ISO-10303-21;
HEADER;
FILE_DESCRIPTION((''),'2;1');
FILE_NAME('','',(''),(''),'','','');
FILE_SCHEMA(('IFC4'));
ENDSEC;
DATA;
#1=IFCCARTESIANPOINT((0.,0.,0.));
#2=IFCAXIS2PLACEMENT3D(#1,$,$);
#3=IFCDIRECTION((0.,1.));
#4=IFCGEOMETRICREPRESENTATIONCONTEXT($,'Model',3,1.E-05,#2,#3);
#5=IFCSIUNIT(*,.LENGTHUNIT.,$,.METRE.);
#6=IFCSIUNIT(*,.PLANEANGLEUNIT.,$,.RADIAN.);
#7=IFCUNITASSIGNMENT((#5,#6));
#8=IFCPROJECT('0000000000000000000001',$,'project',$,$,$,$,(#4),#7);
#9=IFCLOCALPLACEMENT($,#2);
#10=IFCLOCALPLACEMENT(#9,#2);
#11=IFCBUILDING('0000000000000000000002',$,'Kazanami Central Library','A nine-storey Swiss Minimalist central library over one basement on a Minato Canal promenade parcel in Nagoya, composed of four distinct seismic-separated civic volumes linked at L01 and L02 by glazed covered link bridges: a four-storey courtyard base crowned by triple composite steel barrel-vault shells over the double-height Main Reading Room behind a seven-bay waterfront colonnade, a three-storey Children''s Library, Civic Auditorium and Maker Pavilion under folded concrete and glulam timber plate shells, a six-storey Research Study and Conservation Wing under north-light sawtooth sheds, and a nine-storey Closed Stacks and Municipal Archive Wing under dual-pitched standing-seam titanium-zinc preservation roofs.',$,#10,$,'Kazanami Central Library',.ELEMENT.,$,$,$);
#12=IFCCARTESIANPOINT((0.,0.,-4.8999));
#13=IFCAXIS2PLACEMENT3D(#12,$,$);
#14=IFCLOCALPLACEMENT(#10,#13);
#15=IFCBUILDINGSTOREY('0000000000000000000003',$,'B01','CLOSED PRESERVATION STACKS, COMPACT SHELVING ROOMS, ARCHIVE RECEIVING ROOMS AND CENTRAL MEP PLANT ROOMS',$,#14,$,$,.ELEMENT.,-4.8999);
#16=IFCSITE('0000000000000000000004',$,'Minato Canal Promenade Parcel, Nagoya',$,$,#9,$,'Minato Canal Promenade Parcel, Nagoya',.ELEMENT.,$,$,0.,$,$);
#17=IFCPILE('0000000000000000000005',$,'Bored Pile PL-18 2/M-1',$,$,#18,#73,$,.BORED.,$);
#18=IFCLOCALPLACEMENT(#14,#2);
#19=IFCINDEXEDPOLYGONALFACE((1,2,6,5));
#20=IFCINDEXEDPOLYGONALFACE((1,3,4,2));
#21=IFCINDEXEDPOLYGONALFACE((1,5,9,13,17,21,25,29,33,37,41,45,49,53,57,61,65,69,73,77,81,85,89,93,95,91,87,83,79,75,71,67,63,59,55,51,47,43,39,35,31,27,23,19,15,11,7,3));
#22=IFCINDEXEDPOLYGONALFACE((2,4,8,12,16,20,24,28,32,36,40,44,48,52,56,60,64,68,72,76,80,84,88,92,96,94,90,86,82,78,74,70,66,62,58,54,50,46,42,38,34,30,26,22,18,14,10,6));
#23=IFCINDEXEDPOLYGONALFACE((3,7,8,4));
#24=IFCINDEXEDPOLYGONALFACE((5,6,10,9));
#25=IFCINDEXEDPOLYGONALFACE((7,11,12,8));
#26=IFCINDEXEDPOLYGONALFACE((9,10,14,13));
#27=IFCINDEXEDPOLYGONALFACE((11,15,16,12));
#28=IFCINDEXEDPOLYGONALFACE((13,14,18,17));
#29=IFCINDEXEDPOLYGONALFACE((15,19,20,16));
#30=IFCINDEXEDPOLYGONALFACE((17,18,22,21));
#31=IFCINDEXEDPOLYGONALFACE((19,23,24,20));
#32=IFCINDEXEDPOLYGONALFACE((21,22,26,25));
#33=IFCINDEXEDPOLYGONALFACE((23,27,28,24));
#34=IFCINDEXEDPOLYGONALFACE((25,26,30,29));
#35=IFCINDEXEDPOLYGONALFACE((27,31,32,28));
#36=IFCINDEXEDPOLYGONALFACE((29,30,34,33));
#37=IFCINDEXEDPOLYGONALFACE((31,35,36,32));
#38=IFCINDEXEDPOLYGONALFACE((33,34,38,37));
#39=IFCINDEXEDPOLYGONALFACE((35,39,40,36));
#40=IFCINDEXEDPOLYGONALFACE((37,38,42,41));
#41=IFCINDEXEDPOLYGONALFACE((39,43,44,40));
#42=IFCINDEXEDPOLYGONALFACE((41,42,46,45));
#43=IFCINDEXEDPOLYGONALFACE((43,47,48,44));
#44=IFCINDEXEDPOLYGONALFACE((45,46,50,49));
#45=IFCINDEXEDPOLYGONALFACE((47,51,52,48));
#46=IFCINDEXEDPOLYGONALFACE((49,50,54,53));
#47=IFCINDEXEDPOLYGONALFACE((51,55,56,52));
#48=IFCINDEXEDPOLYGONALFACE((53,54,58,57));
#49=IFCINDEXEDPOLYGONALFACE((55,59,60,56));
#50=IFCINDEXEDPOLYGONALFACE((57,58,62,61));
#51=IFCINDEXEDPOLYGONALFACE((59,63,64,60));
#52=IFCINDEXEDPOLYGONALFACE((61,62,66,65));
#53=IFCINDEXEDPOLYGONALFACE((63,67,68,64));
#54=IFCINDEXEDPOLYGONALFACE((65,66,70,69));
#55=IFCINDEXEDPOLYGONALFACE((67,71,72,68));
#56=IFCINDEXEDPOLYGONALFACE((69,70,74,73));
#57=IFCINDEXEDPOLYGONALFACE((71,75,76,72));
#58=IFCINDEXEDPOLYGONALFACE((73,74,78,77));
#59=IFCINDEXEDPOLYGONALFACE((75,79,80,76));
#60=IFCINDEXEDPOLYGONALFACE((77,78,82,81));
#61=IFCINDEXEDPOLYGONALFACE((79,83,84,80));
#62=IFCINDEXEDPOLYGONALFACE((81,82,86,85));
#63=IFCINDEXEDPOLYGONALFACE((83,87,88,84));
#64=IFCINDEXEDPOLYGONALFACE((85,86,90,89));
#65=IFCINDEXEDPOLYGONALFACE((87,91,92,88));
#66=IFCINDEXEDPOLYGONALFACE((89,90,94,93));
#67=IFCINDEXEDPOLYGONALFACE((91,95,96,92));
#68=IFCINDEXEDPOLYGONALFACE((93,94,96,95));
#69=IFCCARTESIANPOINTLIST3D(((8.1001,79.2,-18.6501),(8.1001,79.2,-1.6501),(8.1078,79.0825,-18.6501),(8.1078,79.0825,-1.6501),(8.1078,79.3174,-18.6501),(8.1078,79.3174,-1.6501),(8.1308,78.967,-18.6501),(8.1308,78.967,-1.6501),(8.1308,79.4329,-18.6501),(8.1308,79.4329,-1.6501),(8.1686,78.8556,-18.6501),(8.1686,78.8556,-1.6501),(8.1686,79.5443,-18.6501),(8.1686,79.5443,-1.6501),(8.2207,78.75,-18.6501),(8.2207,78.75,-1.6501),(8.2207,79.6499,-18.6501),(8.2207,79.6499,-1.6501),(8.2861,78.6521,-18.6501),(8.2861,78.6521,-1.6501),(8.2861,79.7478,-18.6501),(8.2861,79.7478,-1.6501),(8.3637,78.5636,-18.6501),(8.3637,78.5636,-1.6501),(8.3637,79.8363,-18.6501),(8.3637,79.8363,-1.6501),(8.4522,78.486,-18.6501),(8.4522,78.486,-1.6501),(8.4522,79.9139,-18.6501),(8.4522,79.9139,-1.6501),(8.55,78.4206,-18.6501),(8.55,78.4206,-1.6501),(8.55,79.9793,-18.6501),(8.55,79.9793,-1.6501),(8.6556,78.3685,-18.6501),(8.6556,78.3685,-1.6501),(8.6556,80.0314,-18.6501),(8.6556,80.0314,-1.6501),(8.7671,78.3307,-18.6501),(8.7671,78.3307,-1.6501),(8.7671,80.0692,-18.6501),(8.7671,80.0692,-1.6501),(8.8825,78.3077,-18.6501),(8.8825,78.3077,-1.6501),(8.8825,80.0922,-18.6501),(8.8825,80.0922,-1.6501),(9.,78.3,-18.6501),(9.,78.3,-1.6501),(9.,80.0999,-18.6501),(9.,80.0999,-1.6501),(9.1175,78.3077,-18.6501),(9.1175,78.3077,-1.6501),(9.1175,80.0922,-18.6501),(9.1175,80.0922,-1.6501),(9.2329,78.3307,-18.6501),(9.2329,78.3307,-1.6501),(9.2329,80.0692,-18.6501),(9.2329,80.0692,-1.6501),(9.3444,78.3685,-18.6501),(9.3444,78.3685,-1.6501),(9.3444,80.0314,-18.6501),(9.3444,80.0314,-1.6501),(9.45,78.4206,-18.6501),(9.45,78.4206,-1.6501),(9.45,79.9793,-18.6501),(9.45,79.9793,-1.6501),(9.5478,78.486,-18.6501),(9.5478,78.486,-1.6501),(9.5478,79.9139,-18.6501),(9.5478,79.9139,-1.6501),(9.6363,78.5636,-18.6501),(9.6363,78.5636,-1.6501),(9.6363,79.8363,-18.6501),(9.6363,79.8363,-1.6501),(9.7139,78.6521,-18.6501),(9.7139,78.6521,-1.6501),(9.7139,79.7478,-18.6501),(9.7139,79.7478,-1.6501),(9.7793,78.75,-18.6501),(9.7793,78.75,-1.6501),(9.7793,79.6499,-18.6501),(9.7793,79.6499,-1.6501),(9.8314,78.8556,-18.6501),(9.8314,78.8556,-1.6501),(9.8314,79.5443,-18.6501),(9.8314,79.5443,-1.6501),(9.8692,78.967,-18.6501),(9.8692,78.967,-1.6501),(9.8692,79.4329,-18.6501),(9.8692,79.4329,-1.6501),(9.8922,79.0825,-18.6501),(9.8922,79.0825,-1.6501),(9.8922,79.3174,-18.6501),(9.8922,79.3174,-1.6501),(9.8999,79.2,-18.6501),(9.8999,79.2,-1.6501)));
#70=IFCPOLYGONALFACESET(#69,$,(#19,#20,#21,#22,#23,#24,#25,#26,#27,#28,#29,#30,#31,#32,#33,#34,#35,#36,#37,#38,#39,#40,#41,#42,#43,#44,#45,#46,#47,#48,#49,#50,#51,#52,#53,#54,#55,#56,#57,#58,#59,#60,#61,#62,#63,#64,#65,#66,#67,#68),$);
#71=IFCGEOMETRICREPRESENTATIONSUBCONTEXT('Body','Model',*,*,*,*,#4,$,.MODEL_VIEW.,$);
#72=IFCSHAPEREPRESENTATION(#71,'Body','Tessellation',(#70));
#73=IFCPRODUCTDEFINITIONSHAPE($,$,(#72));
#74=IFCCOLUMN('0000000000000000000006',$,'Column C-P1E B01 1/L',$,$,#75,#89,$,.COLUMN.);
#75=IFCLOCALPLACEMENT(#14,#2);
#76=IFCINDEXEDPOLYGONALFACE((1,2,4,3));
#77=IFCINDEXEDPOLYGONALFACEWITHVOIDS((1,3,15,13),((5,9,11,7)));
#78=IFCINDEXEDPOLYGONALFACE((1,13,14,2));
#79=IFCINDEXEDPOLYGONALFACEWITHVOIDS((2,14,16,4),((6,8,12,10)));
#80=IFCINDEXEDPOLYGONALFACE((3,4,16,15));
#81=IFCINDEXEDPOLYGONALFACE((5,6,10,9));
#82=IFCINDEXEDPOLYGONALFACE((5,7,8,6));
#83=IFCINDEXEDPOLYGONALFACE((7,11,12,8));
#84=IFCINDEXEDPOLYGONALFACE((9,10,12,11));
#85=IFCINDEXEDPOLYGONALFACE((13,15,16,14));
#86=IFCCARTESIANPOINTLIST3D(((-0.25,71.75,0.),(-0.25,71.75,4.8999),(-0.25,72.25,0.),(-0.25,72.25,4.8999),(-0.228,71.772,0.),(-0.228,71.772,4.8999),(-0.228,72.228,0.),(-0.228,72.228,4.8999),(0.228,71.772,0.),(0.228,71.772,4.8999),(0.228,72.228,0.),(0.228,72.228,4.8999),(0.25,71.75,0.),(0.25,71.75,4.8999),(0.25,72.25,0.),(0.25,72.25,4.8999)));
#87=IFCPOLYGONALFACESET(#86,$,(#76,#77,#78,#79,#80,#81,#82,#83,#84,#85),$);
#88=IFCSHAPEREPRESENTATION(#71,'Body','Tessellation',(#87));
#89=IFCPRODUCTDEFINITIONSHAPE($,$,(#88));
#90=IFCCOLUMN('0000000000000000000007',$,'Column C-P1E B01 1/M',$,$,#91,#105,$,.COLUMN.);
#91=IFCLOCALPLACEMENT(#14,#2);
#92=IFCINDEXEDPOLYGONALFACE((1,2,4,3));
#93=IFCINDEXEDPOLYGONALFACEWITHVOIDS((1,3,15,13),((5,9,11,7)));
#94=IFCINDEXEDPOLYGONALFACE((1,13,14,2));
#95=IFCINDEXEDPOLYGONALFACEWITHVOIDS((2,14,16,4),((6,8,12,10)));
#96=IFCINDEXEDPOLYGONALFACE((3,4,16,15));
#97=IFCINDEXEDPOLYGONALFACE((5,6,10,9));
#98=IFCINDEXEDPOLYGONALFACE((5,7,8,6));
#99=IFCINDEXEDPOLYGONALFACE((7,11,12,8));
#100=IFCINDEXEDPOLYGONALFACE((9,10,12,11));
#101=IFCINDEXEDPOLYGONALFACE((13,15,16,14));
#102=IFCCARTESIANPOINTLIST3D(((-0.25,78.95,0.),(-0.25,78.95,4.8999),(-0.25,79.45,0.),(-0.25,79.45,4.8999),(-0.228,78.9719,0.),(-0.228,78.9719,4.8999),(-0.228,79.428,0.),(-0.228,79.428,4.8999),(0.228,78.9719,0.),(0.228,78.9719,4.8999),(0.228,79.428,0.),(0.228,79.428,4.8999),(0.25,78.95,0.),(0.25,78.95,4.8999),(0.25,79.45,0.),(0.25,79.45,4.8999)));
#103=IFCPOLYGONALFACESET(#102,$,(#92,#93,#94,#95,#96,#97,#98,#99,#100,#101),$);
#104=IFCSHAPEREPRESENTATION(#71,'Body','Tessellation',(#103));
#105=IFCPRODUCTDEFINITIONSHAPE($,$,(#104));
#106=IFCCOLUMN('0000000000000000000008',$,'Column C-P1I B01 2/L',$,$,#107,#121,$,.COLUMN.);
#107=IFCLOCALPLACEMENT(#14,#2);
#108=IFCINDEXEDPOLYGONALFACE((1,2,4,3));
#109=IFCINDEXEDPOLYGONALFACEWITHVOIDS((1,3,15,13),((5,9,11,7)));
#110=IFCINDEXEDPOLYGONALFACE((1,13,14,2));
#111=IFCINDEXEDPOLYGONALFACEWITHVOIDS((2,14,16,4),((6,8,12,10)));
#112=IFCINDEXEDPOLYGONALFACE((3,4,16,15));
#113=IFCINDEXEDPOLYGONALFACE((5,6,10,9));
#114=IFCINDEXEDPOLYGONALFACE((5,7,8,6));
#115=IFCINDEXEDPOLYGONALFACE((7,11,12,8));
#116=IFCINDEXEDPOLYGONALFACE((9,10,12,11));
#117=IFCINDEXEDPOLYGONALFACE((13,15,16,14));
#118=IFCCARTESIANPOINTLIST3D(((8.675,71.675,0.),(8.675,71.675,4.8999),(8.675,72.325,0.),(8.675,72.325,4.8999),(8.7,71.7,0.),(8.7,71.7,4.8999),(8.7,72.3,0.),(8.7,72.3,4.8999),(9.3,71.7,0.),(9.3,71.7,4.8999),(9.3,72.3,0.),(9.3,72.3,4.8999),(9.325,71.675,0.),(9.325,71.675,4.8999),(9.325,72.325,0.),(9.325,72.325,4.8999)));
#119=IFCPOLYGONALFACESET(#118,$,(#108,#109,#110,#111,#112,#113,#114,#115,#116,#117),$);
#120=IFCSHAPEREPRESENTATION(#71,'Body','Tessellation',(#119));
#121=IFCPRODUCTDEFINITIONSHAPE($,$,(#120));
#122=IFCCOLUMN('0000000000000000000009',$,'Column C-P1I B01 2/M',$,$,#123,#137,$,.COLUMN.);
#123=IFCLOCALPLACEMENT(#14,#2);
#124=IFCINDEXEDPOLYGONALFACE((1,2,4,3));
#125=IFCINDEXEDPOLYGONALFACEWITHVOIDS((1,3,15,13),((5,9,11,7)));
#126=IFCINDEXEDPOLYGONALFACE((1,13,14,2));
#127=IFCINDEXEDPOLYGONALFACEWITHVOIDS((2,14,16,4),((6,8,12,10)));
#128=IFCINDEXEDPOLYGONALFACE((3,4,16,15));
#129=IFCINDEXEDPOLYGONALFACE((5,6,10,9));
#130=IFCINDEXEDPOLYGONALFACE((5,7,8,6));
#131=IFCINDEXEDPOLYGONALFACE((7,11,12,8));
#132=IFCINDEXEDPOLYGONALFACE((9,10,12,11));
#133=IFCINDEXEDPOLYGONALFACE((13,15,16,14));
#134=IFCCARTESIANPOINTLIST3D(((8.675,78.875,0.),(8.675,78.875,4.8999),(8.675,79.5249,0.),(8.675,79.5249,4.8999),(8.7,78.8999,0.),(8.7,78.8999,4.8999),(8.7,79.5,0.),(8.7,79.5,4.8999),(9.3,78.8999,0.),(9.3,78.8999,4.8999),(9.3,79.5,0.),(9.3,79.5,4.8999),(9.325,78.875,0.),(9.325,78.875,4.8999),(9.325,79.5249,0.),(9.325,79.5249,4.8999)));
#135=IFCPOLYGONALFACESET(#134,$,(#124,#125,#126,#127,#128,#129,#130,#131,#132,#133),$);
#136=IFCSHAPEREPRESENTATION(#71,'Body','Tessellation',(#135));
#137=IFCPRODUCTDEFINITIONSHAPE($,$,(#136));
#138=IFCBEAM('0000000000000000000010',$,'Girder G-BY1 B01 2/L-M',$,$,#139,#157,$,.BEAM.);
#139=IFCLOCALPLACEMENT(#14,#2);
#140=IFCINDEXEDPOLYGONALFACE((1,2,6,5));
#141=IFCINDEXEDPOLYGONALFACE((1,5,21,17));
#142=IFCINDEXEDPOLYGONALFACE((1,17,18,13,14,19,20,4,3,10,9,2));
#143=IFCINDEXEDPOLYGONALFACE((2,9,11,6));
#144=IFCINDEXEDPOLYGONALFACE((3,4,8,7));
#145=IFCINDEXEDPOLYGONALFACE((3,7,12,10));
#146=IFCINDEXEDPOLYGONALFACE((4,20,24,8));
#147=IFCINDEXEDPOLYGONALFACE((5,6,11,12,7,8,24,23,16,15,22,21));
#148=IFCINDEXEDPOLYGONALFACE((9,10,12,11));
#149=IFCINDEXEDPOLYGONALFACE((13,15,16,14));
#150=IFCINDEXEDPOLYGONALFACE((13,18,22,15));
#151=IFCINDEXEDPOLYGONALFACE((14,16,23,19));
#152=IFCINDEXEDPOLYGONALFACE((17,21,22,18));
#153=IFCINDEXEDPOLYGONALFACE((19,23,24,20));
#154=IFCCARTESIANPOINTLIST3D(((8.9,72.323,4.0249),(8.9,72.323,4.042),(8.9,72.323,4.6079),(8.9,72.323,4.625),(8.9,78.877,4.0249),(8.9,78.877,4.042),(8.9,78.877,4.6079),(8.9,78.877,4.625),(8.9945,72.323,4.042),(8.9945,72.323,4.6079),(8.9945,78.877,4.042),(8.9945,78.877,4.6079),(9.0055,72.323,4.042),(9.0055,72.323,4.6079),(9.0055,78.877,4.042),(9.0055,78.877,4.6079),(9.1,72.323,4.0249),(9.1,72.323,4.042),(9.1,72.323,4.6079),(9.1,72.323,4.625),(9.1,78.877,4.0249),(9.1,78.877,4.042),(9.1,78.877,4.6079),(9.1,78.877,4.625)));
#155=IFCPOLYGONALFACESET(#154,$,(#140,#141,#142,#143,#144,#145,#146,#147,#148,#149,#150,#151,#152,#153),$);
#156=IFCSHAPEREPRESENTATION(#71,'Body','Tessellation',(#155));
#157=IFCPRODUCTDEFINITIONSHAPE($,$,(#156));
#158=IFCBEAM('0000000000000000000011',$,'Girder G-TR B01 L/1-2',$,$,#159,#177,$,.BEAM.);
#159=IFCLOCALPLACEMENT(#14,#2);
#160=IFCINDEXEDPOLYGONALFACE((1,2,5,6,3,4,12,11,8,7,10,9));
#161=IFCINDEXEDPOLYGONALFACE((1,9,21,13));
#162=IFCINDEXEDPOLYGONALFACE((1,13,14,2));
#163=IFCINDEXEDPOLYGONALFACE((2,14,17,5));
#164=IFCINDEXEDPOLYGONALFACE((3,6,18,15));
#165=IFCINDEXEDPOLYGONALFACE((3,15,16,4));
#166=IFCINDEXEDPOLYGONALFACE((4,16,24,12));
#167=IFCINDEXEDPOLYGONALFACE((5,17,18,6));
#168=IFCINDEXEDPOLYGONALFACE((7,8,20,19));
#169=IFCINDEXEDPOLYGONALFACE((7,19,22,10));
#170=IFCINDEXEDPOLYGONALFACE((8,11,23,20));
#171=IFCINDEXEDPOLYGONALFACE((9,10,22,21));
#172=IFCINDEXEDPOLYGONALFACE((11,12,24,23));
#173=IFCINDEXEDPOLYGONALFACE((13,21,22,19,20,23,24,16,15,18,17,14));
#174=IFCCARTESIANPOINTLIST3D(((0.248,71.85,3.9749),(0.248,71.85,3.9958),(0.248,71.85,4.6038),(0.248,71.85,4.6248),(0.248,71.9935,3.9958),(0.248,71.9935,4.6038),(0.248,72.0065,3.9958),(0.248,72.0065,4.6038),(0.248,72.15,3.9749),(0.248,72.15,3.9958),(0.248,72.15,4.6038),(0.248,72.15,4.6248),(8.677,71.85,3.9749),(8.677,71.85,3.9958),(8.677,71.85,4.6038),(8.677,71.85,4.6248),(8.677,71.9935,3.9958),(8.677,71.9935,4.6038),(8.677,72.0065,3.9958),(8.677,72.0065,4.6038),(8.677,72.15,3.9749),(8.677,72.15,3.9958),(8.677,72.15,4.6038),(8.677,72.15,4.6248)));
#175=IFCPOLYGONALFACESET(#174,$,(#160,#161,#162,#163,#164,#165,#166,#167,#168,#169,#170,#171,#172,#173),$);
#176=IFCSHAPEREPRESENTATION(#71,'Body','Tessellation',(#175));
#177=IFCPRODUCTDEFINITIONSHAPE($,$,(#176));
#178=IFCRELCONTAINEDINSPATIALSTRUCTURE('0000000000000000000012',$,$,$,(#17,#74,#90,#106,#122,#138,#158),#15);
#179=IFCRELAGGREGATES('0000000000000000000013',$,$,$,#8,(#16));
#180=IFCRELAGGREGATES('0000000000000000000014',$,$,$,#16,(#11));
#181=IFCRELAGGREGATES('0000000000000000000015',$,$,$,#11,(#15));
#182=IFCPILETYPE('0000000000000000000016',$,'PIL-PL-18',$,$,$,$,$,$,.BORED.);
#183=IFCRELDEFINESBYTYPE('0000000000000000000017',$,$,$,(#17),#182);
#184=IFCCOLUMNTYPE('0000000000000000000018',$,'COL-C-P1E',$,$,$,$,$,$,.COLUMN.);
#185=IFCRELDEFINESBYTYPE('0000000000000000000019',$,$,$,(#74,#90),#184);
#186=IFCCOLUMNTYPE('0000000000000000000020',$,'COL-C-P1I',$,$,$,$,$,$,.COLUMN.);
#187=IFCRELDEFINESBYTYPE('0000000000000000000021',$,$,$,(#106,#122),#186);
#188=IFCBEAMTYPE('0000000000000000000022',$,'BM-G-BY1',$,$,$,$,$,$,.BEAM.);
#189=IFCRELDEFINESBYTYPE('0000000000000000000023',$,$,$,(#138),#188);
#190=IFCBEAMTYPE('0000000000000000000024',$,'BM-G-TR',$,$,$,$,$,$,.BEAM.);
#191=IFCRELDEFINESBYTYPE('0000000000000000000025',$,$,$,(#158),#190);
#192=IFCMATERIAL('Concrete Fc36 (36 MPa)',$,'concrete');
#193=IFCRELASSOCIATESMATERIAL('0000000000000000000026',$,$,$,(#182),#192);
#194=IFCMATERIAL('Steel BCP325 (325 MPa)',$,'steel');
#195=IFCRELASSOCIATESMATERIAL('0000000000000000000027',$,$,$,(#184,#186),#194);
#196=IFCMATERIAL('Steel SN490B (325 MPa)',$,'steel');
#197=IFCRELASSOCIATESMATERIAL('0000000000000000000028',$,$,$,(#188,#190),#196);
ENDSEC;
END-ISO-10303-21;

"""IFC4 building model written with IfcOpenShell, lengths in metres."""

from ifc_helpers import new_model, si_unit, direction, frame, origin, origin_2d, place, context, subcontext, project, spatial, hollow_rectangle, circle, i_section, extrude, material, material_profile, profile_set, type_object, element, save


model = new_model("IFC4")

# Units and contexts
model_context = context("Model", 3, precision=1e-05, world=origin(), true_north=direction((0.0, 1.0)))
body_context = subcontext(model_context, "Body", "Model", "MODEL_VIEW")
ifc_project = project(units=[si_unit("LENGTHUNIT", "METRE"), si_unit("PLANEANGLEUNIT", "RADIAN")], contexts=[model_context])

# Site, building, storey
site_placement = place(None, origin())
site = spatial("IfcSite", under=ifc_project, at=site_placement, Name="Minato Canal Promenade Parcel, Nagoya", LongName="Minato Canal Promenade Parcel, Nagoya", CompositionType="ELEMENT", RefElevation=0.0)
building_placement = place(site_placement, origin())
building = spatial("IfcBuilding", under=site, at=building_placement, Name="Kazanami Central Library", Description="A nine-storey Swiss Minimalist central library over one basement on a Minato Canal promenade parcel in Nagoya, composed of four distinct seismic-separated civic volumes linked at L01 and L02 by glazed covered link bridges: a four-storey courtyard base crowned by triple composite steel barrel-vault shells over the double-height Main Reading Room behind a seven-bay waterfront colonnade, a three-storey Children's Library, Civic Auditorium and Maker Pavilion under folded concrete and glulam timber plate shells, a six-storey Research Study and Conservation Wing under north-light sawtooth sheds, and a nine-storey Closed Stacks and Municipal Archive Wing under dual-pitched standing-seam titanium-zinc preservation roofs.", LongName="Kazanami Central Library", CompositionType="ELEMENT")
storey_placement = place(building_placement, frame((0.0, 0.0, -4.8999)))
storey = spatial("IfcBuildingStorey", under=building, at=storey_placement, Name="B01", Description="CLOSED PRESERVATION STACKS, COMPACT SHELVING ROOMS, ARCHIVE RECEIVING ROOMS AND CENTRAL MEP PLANT ROOMS", CompositionType="ELEMENT", Elevation=-4.8999)

# Shared definitions
ifc_material_1 = material(Name="Concrete Fc36 (36 MPa)", Category="concrete")

# Pile
ifc_material_profile_1 = material_profile(ifc_material_1, circle(Radius=0.8999, at=origin_2d()), Name="BORED-D1800")
ifc_profile_set_1 = profile_set([ifc_material_profile_1], Name="Concrete Fc36 (36 MPa)")
pile_type_1 = type_object("IfcPileType", Name="PIL-PL-18", PredefinedType="BORED", material=ifc_profile_set_1)
pile_placement = place(storey_placement, frame((9.0, 79.2, -1.6501), z_axis=(0.0, 0.0, -1.0), x_axis=(1.0, 0.0, 0.0)))
element("IfcPile", 1, at=pile_placement, inside=storey, type_object=pile_type_1, Name="Bored Pile PL-18 2/M-1", PredefinedType="BORED", context=body_context, shape_type="SweptSolid", body=[
    extrude(circle(Radius=0.8999, at=origin_2d()), origin(), (0.0, 0.0, 1.0), 17.0),
])

# Columns
ifc_material_2 = material(Name="Steel BCP325 (325 MPa)", Category="steel")
ifc_material_profile_2 = material_profile(ifc_material_2, hollow_rectangle(XDim=0.5, YDim=0.5, WallThickness=0.022, at=origin_2d()), Name="BCP-500x500x22")
ifc_profile_set_2 = profile_set([ifc_material_profile_2], Name="Steel BCP325 (325 MPa)")
column_type_1 = type_object("IfcColumnType", Name="COL-C-P1E", PredefinedType="COLUMN", material=ifc_profile_set_2)
for number, where, z_axis, x_axis, name in (
    (2, (0.0, 72.0, 0.0), (0.0, 0.0, 1.0), (1.0, 0.0, 0.0), "Column C-P1E B01 1/L"),
    (3, (0.0, 79.2, 0.0), (0.0, 0.0, 1.0), (1.0, 0.0, 0.0), "Column C-P1E B01 1/M"),
):
    element("IfcColumn", number, at=place(storey_placement, frame(where, z_axis=z_axis, x_axis=x_axis)), inside=storey, type_object=column_type_1, Name=name, PredefinedType="COLUMN", context=body_context, shape_type="SweptSolid", body=[
        extrude(hollow_rectangle(XDim=0.5, YDim=0.5, WallThickness=0.022, at=origin_2d()), origin(), (0.0, 0.0, 1.0), 4.8999),
    ])
ifc_material_profile_3 = material_profile(ifc_material_2, hollow_rectangle(XDim=0.6499, YDim=0.6499, WallThickness=0.0249, at=origin_2d()), Name="BCP-650x650x25")
ifc_profile_set_3 = profile_set([ifc_material_profile_3], Name="Steel BCP325 (325 MPa)")
column_type_2 = type_object("IfcColumnType", Name="COL-C-P1I", PredefinedType="COLUMN", material=ifc_profile_set_3)
for number, where, z_axis, x_axis, name in (
    (4, (9.0, 72.0, 0.0), (0.0, 0.0, 1.0), (1.0, 0.0, 0.0), "Column C-P1I B01 2/L"),
    (5, (9.0, 79.2, 0.0), (0.0, 0.0, 1.0), (1.0, 0.0, 0.0), "Column C-P1I B01 2/M"),
):
    element("IfcColumn", number, at=place(storey_placement, frame(where, z_axis=z_axis, x_axis=x_axis)), inside=storey, type_object=column_type_2, Name=name, PredefinedType="COLUMN", context=body_context, shape_type="SweptSolid", body=[
        extrude(hollow_rectangle(XDim=0.6499, YDim=0.6499, WallThickness=0.0249, at=origin_2d()), origin(), (0.0, 0.0, 1.0), 4.8999),
    ])

# Beams
ifc_material_3 = material(Name="Steel SN490B (325 MPa)", Category="steel")
ifc_material_profile_4 = material_profile(ifc_material_3, i_section(OverallWidth=0.2, OverallDepth=0.6001, WebThickness=0.011, FlangeThickness=0.0171, at=origin_2d()), Name="H-600x200x11x17")
ifc_profile_set_4 = profile_set([ifc_material_profile_4], Name="Steel SN490B (325 MPa)")
beam_type_1 = type_object("IfcBeamType", Name="BM-G-BY1", PredefinedType="BEAM", material=ifc_profile_set_4)
beam_1_placement = place(storey_placement, frame((9.0, 72.323, 4.325), z_axis=(0.0, 1.0, 0.0), x_axis=(-1.0, 0.0, 0.0)))
element("IfcBeam", 6, at=beam_1_placement, inside=storey, type_object=beam_type_1, Name="Girder G-BY1 B01 2/L-M", PredefinedType="BEAM", context=body_context, shape_type="SweptSolid", body=[
    extrude(i_section(OverallWidth=0.2, OverallDepth=0.6001, WebThickness=0.011, FlangeThickness=0.0171, at=origin_2d()), origin(), (0.0, 0.0, 1.0), 6.554),
])
ifc_material_profile_5 = material_profile(ifc_material_3, i_section(OverallWidth=0.3, OverallDepth=0.6499, WebThickness=0.0129, FlangeThickness=0.021, at=origin_2d()), Name="H-650x300x13x21")
ifc_profile_set_5 = profile_set([ifc_material_profile_5], Name="Steel SN490B (325 MPa)")
beam_type_2 = type_object("IfcBeamType", Name="BM-G-TR", PredefinedType="BEAM", material=ifc_profile_set_5)
beam_2_placement = place(storey_placement, frame((0.248, 72.0, 4.2998), z_axis=(1.0, 0.0, 0.0), x_axis=(0.0, 1.0, 0.0)))
element("IfcBeam", 7, at=beam_2_placement, inside=storey, type_object=beam_type_2, Name="Girder G-TR B01 L/1-2", PredefinedType="BEAM", context=body_context, shape_type="SweptSolid", body=[
    extrude(i_section(OverallWidth=0.3, OverallDepth=0.6499, WebThickness=0.0129, FlangeThickness=0.021, at=origin_2d()), origin(), (0.0, 0.0, 1.0), 8.429),
])

save(model, "model.ifc")
